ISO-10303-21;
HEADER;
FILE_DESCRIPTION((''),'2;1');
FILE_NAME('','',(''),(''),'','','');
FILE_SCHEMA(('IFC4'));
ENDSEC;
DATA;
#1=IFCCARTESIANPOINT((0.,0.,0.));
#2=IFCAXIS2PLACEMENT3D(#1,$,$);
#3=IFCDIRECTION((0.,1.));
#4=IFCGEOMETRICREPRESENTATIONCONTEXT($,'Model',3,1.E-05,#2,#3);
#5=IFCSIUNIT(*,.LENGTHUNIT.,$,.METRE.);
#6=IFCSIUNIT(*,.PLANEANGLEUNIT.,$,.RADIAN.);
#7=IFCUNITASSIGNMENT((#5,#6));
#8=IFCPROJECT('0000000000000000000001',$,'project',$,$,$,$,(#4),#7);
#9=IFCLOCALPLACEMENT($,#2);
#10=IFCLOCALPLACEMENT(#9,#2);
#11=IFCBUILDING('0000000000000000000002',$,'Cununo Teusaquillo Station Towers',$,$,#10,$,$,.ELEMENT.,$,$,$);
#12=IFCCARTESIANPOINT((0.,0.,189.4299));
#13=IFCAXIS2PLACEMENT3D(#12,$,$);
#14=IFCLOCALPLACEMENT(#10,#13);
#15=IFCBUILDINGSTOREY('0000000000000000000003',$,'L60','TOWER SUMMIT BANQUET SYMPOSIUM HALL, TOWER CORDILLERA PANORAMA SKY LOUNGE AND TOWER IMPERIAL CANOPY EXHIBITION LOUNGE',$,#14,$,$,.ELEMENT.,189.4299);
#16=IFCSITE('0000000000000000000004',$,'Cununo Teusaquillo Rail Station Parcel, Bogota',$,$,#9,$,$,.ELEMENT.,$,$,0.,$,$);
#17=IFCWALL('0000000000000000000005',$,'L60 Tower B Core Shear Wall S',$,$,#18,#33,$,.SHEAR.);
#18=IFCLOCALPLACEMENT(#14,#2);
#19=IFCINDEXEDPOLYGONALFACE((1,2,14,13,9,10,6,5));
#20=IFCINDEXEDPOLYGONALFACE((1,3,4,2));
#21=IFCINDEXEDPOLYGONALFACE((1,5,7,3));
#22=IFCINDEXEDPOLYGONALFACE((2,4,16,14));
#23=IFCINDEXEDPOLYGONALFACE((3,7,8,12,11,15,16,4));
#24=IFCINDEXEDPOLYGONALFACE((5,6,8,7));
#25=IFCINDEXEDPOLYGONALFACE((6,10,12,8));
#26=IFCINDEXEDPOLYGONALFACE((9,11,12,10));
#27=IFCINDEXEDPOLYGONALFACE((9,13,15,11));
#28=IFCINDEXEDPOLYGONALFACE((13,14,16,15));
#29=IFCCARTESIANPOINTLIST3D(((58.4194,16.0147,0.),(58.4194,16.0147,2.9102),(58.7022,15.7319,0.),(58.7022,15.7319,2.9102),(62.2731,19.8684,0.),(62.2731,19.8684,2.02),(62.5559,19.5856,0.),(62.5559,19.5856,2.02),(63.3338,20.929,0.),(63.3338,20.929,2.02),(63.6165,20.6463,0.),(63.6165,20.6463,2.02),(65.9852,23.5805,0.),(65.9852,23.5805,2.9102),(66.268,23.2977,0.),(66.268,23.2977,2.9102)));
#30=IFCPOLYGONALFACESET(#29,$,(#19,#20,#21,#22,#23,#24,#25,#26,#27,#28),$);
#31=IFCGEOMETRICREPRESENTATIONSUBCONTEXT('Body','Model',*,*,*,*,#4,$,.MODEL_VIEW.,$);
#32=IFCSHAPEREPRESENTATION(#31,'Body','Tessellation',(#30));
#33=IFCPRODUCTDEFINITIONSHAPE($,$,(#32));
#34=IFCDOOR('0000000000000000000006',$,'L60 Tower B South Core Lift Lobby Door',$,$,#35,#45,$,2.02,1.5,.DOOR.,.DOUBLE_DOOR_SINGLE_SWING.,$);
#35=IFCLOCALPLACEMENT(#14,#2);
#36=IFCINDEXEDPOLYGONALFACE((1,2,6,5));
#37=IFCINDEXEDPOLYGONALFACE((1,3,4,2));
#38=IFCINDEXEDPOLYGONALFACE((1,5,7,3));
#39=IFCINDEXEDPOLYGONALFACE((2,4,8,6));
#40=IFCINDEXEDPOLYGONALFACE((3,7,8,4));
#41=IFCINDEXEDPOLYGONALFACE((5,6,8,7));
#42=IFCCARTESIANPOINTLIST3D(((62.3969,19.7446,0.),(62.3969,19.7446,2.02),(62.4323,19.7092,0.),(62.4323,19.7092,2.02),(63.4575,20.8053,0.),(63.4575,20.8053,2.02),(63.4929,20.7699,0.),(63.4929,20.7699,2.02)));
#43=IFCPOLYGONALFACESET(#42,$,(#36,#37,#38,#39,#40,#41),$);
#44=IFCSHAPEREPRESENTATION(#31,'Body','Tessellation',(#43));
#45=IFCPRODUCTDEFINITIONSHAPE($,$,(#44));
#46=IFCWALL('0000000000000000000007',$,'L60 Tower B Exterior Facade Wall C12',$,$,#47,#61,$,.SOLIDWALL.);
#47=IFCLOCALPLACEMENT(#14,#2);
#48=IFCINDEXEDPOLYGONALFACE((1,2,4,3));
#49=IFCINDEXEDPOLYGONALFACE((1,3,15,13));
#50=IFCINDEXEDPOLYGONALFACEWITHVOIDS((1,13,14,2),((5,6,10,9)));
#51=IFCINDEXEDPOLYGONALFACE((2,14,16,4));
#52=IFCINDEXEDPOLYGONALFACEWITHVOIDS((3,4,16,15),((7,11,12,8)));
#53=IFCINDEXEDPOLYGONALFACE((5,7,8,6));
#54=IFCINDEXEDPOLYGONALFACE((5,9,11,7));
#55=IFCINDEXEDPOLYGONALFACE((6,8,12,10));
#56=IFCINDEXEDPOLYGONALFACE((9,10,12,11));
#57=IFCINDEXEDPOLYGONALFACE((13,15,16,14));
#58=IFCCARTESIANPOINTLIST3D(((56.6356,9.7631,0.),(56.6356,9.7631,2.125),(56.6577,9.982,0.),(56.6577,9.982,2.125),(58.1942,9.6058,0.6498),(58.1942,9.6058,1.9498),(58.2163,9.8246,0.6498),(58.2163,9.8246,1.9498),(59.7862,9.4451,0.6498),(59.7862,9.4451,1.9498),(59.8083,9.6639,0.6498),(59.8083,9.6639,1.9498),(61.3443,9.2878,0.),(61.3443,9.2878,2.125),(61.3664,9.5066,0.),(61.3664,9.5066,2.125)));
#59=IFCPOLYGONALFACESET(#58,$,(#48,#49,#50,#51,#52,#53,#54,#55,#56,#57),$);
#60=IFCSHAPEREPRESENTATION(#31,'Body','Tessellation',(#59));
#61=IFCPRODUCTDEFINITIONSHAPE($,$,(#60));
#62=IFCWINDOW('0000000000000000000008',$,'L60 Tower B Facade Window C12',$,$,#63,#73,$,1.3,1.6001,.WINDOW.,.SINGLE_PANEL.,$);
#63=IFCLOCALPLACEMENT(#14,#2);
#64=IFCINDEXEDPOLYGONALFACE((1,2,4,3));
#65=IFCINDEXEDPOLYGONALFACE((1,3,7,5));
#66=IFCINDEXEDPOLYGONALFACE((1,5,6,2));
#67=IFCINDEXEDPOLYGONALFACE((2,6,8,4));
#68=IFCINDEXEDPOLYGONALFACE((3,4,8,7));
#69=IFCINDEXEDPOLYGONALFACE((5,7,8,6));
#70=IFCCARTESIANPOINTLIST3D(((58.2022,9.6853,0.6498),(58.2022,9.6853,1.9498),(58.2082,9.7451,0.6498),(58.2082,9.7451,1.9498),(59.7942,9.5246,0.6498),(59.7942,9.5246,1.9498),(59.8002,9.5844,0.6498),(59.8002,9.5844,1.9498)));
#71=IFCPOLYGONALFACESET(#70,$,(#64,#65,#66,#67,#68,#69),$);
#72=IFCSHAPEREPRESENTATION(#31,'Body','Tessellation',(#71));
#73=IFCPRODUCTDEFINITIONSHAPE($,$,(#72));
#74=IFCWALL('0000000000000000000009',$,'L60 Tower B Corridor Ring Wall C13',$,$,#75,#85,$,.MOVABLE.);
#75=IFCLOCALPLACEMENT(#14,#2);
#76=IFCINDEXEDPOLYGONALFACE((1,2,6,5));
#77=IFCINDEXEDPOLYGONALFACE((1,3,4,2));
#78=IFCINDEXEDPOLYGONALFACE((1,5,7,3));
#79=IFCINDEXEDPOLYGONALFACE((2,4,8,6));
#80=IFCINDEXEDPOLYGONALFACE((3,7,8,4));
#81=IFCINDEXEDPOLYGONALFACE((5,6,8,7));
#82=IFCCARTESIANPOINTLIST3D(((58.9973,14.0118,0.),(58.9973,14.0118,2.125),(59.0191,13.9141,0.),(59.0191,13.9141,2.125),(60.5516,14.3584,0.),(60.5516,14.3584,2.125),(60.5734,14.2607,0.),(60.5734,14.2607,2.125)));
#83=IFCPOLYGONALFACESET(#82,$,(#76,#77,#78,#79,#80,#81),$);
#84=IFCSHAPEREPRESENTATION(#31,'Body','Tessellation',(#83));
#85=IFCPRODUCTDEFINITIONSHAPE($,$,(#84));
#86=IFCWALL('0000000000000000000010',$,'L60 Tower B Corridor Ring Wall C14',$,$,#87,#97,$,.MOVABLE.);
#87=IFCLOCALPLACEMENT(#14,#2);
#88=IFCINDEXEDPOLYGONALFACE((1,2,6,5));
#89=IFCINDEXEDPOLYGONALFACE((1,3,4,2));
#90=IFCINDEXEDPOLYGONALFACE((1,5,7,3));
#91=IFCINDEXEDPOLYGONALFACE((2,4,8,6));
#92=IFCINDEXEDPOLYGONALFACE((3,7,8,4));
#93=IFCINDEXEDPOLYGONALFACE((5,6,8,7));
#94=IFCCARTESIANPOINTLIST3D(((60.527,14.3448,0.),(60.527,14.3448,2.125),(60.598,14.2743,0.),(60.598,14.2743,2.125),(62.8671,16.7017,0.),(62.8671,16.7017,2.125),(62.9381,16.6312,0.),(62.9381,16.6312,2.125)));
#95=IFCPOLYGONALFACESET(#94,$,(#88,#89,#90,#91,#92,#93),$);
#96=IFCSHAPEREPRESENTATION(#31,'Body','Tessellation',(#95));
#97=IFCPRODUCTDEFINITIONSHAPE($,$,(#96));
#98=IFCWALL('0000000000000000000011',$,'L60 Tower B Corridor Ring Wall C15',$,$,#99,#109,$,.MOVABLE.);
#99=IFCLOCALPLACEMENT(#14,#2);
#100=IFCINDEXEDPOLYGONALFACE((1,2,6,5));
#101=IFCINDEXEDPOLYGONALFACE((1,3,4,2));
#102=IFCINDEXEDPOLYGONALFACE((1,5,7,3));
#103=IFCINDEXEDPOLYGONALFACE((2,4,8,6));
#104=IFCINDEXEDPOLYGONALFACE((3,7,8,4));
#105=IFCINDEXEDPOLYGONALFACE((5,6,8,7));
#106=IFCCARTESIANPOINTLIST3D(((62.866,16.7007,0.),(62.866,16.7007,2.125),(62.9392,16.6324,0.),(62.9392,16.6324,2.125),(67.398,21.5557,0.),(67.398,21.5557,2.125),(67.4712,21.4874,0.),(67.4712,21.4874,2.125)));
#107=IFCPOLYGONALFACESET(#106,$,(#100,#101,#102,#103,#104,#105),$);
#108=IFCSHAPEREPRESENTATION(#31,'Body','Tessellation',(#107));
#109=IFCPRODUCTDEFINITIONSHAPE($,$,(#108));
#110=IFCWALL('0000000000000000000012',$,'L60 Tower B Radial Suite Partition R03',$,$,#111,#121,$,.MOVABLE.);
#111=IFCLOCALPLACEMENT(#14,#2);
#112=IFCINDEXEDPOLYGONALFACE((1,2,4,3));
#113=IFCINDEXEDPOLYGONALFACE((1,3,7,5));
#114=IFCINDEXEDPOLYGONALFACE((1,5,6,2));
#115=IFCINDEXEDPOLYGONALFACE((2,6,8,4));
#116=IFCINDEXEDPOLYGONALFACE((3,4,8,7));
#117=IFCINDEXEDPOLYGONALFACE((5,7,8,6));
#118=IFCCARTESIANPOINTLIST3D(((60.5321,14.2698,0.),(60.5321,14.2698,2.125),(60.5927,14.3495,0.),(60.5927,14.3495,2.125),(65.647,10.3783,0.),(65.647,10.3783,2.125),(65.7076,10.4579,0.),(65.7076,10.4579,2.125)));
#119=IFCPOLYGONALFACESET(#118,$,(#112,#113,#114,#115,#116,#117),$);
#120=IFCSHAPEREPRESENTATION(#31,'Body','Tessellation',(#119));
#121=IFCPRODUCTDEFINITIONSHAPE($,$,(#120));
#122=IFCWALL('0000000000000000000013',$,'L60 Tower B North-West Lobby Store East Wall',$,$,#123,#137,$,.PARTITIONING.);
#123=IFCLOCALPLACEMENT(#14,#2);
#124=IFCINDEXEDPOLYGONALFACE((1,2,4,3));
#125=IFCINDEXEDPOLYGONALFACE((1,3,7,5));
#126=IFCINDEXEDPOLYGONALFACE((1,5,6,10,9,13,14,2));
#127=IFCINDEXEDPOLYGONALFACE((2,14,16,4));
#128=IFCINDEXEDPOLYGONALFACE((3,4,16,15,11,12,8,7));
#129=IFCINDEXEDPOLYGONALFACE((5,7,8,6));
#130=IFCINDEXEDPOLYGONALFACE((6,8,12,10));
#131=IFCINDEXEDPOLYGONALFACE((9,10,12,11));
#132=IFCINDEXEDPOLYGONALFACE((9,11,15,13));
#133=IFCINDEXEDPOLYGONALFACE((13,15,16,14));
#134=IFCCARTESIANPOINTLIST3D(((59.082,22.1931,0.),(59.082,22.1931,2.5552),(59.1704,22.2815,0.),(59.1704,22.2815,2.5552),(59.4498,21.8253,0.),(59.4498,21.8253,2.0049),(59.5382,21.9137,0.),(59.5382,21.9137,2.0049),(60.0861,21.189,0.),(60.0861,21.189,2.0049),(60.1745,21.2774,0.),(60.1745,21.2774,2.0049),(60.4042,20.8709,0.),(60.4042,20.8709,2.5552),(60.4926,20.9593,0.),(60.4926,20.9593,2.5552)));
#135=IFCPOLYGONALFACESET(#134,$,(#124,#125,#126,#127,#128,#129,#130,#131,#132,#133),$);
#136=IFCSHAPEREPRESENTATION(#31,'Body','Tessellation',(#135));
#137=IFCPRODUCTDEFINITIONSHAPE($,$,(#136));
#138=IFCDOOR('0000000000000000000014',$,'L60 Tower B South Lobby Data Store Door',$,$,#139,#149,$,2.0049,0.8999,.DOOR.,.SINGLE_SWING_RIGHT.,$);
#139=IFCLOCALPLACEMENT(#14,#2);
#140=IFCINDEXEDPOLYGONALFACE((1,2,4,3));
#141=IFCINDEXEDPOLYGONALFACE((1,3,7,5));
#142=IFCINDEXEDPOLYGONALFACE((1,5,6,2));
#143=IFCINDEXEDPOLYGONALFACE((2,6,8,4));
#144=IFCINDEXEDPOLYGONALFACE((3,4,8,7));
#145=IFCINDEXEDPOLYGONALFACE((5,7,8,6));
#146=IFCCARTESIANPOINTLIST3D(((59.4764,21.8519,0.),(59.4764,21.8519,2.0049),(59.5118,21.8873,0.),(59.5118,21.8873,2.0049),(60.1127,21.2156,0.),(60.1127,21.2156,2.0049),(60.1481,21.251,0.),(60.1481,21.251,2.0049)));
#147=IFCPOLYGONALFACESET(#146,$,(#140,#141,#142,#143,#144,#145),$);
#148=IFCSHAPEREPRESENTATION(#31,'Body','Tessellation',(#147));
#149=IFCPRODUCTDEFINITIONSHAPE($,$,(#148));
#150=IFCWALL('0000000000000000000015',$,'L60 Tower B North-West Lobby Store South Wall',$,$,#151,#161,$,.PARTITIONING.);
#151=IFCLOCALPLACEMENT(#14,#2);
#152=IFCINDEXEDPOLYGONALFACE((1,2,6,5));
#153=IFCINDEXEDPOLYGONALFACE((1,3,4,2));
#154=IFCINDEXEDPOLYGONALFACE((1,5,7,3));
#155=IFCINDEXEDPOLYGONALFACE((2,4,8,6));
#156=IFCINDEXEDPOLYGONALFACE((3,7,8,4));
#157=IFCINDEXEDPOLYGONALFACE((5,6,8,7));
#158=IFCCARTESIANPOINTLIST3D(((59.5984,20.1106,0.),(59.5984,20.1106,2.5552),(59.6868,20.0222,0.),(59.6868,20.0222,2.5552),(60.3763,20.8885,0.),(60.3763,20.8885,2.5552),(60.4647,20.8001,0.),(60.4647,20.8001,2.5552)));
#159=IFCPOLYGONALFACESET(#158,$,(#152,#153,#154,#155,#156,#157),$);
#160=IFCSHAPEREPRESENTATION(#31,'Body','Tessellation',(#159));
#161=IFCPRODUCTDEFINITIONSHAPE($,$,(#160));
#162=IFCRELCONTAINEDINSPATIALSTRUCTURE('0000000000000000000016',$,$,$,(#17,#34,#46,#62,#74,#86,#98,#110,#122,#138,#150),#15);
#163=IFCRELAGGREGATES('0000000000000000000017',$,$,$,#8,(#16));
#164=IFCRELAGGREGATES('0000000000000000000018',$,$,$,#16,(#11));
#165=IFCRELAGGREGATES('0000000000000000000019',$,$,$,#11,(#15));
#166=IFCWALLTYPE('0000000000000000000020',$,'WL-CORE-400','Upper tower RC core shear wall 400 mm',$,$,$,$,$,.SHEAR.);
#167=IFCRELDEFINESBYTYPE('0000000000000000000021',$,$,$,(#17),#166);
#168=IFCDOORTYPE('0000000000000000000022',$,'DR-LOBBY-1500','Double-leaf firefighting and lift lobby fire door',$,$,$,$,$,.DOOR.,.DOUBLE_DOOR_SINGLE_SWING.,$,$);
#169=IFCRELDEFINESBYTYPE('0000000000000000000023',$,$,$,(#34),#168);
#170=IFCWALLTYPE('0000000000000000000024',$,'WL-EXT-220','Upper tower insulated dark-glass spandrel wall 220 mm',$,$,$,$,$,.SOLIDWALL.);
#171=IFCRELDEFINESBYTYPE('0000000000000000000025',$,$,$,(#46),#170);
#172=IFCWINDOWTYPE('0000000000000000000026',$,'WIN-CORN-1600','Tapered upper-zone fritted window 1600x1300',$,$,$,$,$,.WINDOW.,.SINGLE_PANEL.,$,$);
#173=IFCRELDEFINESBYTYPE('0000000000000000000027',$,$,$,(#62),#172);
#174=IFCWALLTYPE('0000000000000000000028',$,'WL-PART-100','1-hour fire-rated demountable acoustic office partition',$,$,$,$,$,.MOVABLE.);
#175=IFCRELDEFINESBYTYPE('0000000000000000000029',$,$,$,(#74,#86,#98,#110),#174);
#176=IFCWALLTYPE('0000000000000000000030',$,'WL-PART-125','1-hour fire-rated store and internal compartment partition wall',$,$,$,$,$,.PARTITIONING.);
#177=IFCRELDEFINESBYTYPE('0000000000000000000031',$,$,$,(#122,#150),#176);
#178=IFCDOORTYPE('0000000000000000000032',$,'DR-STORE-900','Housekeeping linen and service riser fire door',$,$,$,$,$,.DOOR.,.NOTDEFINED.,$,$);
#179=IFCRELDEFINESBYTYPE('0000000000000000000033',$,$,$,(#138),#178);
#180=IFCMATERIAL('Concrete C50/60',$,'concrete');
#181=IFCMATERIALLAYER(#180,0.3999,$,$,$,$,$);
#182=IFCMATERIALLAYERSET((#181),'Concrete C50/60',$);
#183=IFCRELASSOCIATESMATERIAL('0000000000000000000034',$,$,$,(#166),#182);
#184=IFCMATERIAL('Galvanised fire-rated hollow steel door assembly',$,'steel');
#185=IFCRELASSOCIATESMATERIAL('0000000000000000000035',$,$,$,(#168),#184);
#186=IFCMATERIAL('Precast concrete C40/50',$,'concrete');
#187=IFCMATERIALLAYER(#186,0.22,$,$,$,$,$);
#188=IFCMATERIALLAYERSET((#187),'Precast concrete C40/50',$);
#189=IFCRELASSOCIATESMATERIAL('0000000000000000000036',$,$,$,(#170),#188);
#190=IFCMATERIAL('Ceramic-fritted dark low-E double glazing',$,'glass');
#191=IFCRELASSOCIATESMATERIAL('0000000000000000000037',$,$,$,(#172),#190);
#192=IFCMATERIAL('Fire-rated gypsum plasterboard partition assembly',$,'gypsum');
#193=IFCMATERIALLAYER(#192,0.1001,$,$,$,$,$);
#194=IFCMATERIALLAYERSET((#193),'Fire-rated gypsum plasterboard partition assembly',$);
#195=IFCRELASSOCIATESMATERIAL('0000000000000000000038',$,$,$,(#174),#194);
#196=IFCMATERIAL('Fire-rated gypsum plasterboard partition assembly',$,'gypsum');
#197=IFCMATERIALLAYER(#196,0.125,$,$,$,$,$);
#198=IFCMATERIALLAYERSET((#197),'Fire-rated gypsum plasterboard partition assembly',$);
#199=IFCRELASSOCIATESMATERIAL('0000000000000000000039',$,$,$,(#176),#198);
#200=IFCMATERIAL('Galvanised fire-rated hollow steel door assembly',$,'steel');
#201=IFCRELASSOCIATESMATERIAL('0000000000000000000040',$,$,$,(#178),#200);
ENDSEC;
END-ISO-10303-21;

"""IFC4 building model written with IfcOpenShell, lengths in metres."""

from ifc_helpers import new_model, si_unit, direction, frame, frame_2d, origin, place, context, subcontext, project, spatial, rectangle, extrude, source, transform, mapped, material, layer, layer_set, type_object, element, fill, save


model = new_model("IFC4")

# Units and contexts
model_context = context("Model", 3, precision=1e-05, world=origin(), true_north=direction((0.0, 1.0)))
body_context = subcontext(model_context, "Body", "Model", "MODEL_VIEW")
ifc_project = project(units=[si_unit("LENGTHUNIT", "METRE"), si_unit("PLANEANGLEUNIT", "RADIAN")], contexts=[model_context])

# Site, building, storey
site_placement = place(None, origin())
site = spatial("IfcSite", under=ifc_project, at=site_placement, Name="Cununo Teusaquillo Rail Station Parcel, Bogota", CompositionType="ELEMENT", RefElevation=0.0)
building_placement = place(site_placement, origin())
building = spatial("IfcBuilding", under=site, at=building_placement, Name="Cununo Teusaquillo Station Towers", CompositionType="ELEMENT")
storey_placement = place(building_placement, frame((0.0, 0.0, 189.4299)))
storey = spatial("IfcBuildingStorey", under=building, at=storey_placement, Name="L60", Description="TOWER SUMMIT BANQUET SYMPOSIUM HALL, TOWER CORDILLERA PANORAMA SKY LOUNGE AND TOWER IMPERIAL CANOPY EXHIBITION LOUNGE", CompositionType="ELEMENT", Elevation=189.4299)

# Shared definitions
ifc_material_1 = material(Name="Concrete C50/60", Category="concrete")
ifc_layer_1 = layer(ifc_material_1, 0.3999)
ifc_layer_set_1 = layer_set([ifc_layer_1], Name="Concrete C50/60")
wall_type_1 = type_object("IfcWallType", Name="WL-CORE-400", Description="Upper tower RC core shear wall 400 mm", PredefinedType="SHEAR", material=ifc_layer_set_1)

# Wall, opening, door
wall_1_placement = place(storey_placement, frame((58.5608, 15.8733, 0.0), z_axis=(0.0, 0.0, 1.0), x_axis=(0.707107, 0.707107, 0.0)))
wall_1 = element("IfcWall", 1, at=wall_1_placement, inside=storey, type_object=wall_type_1, Name="L60 Tower B Core Shear Wall S", PredefinedType="SHEAR", context=body_context, shape_type="SweptSolid", body=[
    extrude(rectangle(XDim=10.6997, YDim=0.3999, at=frame_2d((5.3499, 0.0))), origin(), (0.0, 0.0, 1.0), 2.9102),
])
shared_shape_1 = source(origin(), body_context, "Body", "SweptSolid", [
    extrude(rectangle(XDim=1.5, YDim=2.02, at=frame_2d((0.75, 1.01))), frame((0.0, 0.21, 0.0), z_axis=(0.0, -1.0, 0.0), x_axis=(1.0, 0.0, 0.0)), (0.0, 0.0, 1.0), 0.4199),
])
opening_1_placement = place(wall_1_placement, frame((5.45, 0.0, 0.0)))
opening_1 = element("IfcOpeningElement", 2, at=opening_1_placement, cuts=wall_1, PredefinedType="OPENING", context=body_context, shape_type="MappedRepresentation", body=[
    mapped(shared_shape_1, transform((0.0, 0.0, 0.0), x_axis=(1.0, 0.0, 0.0), y_axis=(0.0, 1.0, 0.0), z_axis=(0.0, 0.0, 1.0), scale=1.0)),
])
ifc_material_2 = material(Name="Galvanised fire-rated hollow steel door assembly", Category="steel")
door_type_1 = type_object("IfcDoorType", Name="DR-LOBBY-1500", Description="Double-leaf firefighting and lift lobby fire door", OperationType="DOUBLE_DOOR_SINGLE_SWING", PredefinedType="DOOR", material=ifc_material_2)
shared_shape_2 = source(origin(), body_context, "Body", "SweptSolid", [
    extrude(rectangle(XDim=1.5, YDim=2.02, at=frame_2d((0.75, 1.01))), frame((0.0, 0.0249, 0.0), z_axis=(0.0, -1.0, 0.0), x_axis=(1.0, 0.0, 0.0)), (0.0, 0.0, 1.0), 0.05),
])
door_1_placement = place(opening_1_placement, origin())
door_1 = element("IfcDoor", 3, at=door_1_placement, inside=storey, type_object=door_type_1, Name="L60 Tower B South Core Lift Lobby Door", OperationType="DOUBLE_DOOR_SINGLE_SWING", OverallHeight=2.02, OverallWidth=1.5, PredefinedType="DOOR", context=body_context, shape_type="MappedRepresentation", body=[
    mapped(shared_shape_2, transform((0.0, 0.0, 0.0), x_axis=(1.0, 0.0, 0.0), y_axis=(0.0, 1.0, 0.0), z_axis=(0.0, 0.0, 1.0), scale=1.0)),
])
fill(opening_1, door_1)

# Wall, opening, window
ifc_material_3 = material(Name="Precast concrete C40/50", Category="concrete")
ifc_layer_2 = layer(ifc_material_3, 0.22)
ifc_layer_set_2 = layer_set([ifc_layer_2], Name="Precast concrete C40/50")
wall_type_2 = type_object("IfcWallType", Name="WL-EXT-220", Description="Upper tower insulated dark-glass spandrel wall 220 mm", PredefinedType="SOLIDWALL", material=ifc_layer_set_2)
wall_2_placement = place(storey_placement, frame((61.3552, 9.3972, 0.0), z_axis=(0.0, 0.0, 1.0), x_axis=(-0.994943, 0.100438, 0.0)))
wall_2 = element("IfcWall", 4, at=wall_2_placement, inside=storey, type_object=wall_type_2, Name="L60 Tower B Exterior Facade Wall C12", PredefinedType="SOLIDWALL", context=body_context, shape_type="SweptSolid", body=[
    extrude(rectangle(XDim=4.7327, YDim=0.22, at=frame_2d((2.3662, 0.0))), origin(), (0.0, 0.0, 1.0), 2.125),
])
shared_shape_3 = source(origin(), body_context, "Body", "SweptSolid", [
    extrude(rectangle(XDim=1.6001, YDim=1.3, at=frame_2d((0.8, 0.6499))), frame((0.0, 0.1199, 0.0), z_axis=(0.0, -1.0, 0.0), x_axis=(1.0, 0.0, 0.0)), (0.0, 0.0, 1.0), 0.24),
])
opening_2_placement = place(wall_2_placement, frame((1.5659, 0.0, 0.6499)))
opening_2 = element("IfcOpeningElement", 5, at=opening_2_placement, cuts=wall_2, PredefinedType="OPENING", context=body_context, shape_type="MappedRepresentation", body=[
    mapped(shared_shape_3, transform((0.0, 0.0, 0.0), x_axis=(1.0, 0.0, 0.0), y_axis=(0.0, 1.0, 0.0), z_axis=(0.0, 0.0, 1.0), scale=1.0)),
])
ifc_material_4 = material(Name="Ceramic-fritted dark low-E double glazing", Category="glass")
window_type = type_object("IfcWindowType", Name="WIN-CORN-1600", Description="Tapered upper-zone fritted window 1600x1300", PartitioningType="SINGLE_PANEL", PredefinedType="WINDOW", material=ifc_material_4)
shared_shape_4 = source(origin(), body_context, "Body", "SweptSolid", [
    extrude(rectangle(XDim=1.6001, YDim=1.3, at=frame_2d((0.8, 0.6499))), frame((0.0, 0.03, 0.0), z_axis=(0.0, -1.0, 0.0), x_axis=(1.0, 0.0, 0.0)), (0.0, 0.0, 1.0), 0.0601),
])
window_placement = place(opening_2_placement, origin())
window = element("IfcWindow", 6, at=window_placement, inside=storey, type_object=window_type, Name="L60 Tower B Facade Window C12", OverallHeight=1.3, OverallWidth=1.6001, PartitioningType="SINGLE_PANEL", PredefinedType="WINDOW", context=body_context, shape_type="MappedRepresentation", body=[
    mapped(shared_shape_4, transform((0.0, 0.0, 0.0), x_axis=(1.0, 0.0, 0.0), y_axis=(0.0, 1.0, 0.0), z_axis=(0.0, 0.0, 1.0), scale=1.0)),
])
fill(opening_2, window)

# Walls
ifc_material_5 = material(Name="Fire-rated gypsum plasterboard partition assembly", Category="gypsum")
ifc_layer_3 = layer(ifc_material_5, 0.1001)
ifc_layer_set_3 = layer_set([ifc_layer_3], Name="Fire-rated gypsum plasterboard partition assembly")
wall_type_3 = type_object("IfcWallType", Name="WL-PART-100", Description="1-hour fire-rated demountable acoustic office partition", PredefinedType="MOVABLE", material=ifc_layer_set_3)
wall_3_placement = place(storey_placement, frame((59.0081, 13.9629, 0.0), z_axis=(0.0, 0.0, 1.0), x_axis=(0.976021, 0.217677, 0.0)))
element("IfcWall", 7, at=wall_3_placement, inside=storey, type_object=wall_type_3, Name="L60 Tower B Corridor Ring Wall C13", PredefinedType="MOVABLE", context=body_context, shape_type="SweptSolid", body=[
    extrude(rectangle(XDim=1.5925, YDim=0.1001, at=frame_2d((0.7964, 0.0))), origin(), (0.0, 0.0, 1.0), 2.125),
])
wall_4_placement = place(storey_placement, frame((60.5625, 14.3096, 0.0), z_axis=(0.0, 0.0, 1.0), x_axis=(0.704566, 0.709638, 0.0)))
element("IfcWall", 8, at=wall_4_placement, inside=storey, type_object=wall_type_3, Name="L60 Tower B Corridor Ring Wall C14", PredefinedType="MOVABLE", context=body_context, shape_type="SweptSolid", body=[
    extrude(rectangle(XDim=3.3213, YDim=0.1001, at=frame_2d((1.6606, 0.0))), origin(), (0.0, 0.0, 1.0), 2.125),
])
wall_5_placement = place(storey_placement, frame((62.9026, 16.6665, 0.0), z_axis=(0.0, 0.0, 1.0), x_axis=(0.682372, 0.731005, 0.0)))
element("IfcWall", 9, at=wall_5_placement, inside=storey, type_object=wall_type_3, Name="L60 Tower B Corridor Ring Wall C15", PredefinedType="MOVABLE", context=body_context, shape_type="SweptSolid", body=[
    extrude(rectangle(XDim=6.6416, YDim=0.1001, at=frame_2d((3.3208, 0.0))), origin(), (0.0, 0.0, 1.0), 2.125),
])
wall_6_placement = place(storey_placement, frame((60.5625, 14.3096, 0.0), z_axis=(0.0, 0.0, 1.0), x_axis=(0.795847, -0.605498, 0.0)))
element("IfcWall", 10, at=wall_6_placement, inside=storey, type_object=wall_type_3, Name="L60 Tower B Radial Suite Partition R03", PredefinedType="MOVABLE", context=body_context, shape_type="SweptSolid", body=[
    extrude(rectangle(XDim=6.427, YDim=0.1001, at=frame_2d((3.2134, 0.0))), origin(), (0.0, 0.0, 1.0), 2.125),
])

# Wall, opening, door
ifc_material_6 = material(Name="Fire-rated gypsum plasterboard partition assembly", Category="gypsum")
ifc_layer_4 = layer(ifc_material_6, 0.125)
ifc_layer_set_4 = layer_set([ifc_layer_4], Name="Fire-rated gypsum plasterboard partition assembly")
wall_type_4 = type_object("IfcWallType", Name="WL-PART-125", Description="1-hour fire-rated store and internal compartment partition wall", PredefinedType="PARTITIONING", material=ifc_layer_set_4)
wall_7_placement = place(storey_placement, frame((60.4485, 20.915, 0.0), z_axis=(0.0, 0.0, 1.0), x_axis=(-0.707107, 0.707107, 0.0)))
wall_7 = element("IfcWall", 11, at=wall_7_placement, inside=storey, type_object=wall_type_4, Name="L60 Tower B North-West Lobby Store East Wall", PredefinedType="PARTITIONING", context=body_context, shape_type="SweptSolid", body=[
    extrude(rectangle(XDim=1.8699, YDim=0.125, at=frame_2d((0.9351, 0.0))), origin(), (0.0, 0.0, 1.0), 2.5552),
])
shared_shape_5 = source(origin(), body_context, "Body", "SweptSolid", [
    extrude(rectangle(XDim=0.8999, YDim=2.0049, at=frame_2d((0.45, 1.0024))), frame((0.0, 0.0725, 0.0), z_axis=(0.0, -1.0, 0.0), x_axis=(1.0, 0.0, 0.0)), (0.0, 0.0, 1.0), 0.145),
])
opening_3_placement = place(wall_7_placement, frame((0.45, 0.0, 0.0)))
opening_3 = element("IfcOpeningElement", 12, at=opening_3_placement, cuts=wall_7, PredefinedType="OPENING", context=body_context, shape_type="MappedRepresentation", body=[
    mapped(shared_shape_5, transform((0.0, 0.0, 0.0), x_axis=(1.0, 0.0, 0.0), y_axis=(0.0, 1.0, 0.0), z_axis=(0.0, 0.0, 1.0), scale=1.0)),
])
ifc_material_7 = material(Name="Galvanised fire-rated hollow steel door assembly", Category="steel")
door_type_2 = type_object("IfcDoorType", Name="DR-STORE-900", Description="Housekeeping linen and service riser fire door", OperationType="NOTDEFINED", PredefinedType="DOOR", material=ifc_material_7)
shared_shape_6 = source(origin(), body_context, "Body", "SweptSolid", [
    extrude(rectangle(XDim=0.8999, YDim=2.0049, at=frame_2d((0.45, 1.0024))), frame((0.0, 0.0249, 0.0), z_axis=(0.0, -1.0, 0.0), x_axis=(1.0, 0.0, 0.0)), (0.0, 0.0, 1.0), 0.05),
])
door_2_placement = place(opening_3_placement, origin())
door_2 = element("IfcDoor", 13, at=door_2_placement, inside=storey, type_object=door_type_2, Name="L60 Tower B South Lobby Data Store Door", OperationType="SINGLE_SWING_RIGHT", OverallHeight=2.0049, OverallWidth=0.8999, PredefinedType="DOOR", context=body_context, shape_type="MappedRepresentation", body=[
    mapped(shared_shape_6, transform((0.0, 0.0, 0.0), x_axis=(1.0, 0.0, 0.0), y_axis=(0.0, 1.0, 0.0), z_axis=(0.0, 0.0, 1.0), scale=1.0)),
])
fill(opening_3, door_2)

# Wall
wall_8_placement = place(storey_placement, frame((59.6426, 20.0664, 0.0), z_axis=(0.0, 0.0, 1.0), x_axis=(0.707107, 0.707107, 0.0)))
element("IfcWall", 14, at=wall_8_placement, inside=storey, type_object=wall_type_4, Name="L60 Tower B North-West Lobby Store South Wall", PredefinedType="PARTITIONING", context=body_context, shape_type="SweptSolid", body=[
    extrude(rectangle(XDim=1.1001, YDim=0.125, at=frame_2d((0.55, 0.0))), origin(), (0.0, 0.0, 1.0), 2.5552),
])

save(model, "model.ifc")
